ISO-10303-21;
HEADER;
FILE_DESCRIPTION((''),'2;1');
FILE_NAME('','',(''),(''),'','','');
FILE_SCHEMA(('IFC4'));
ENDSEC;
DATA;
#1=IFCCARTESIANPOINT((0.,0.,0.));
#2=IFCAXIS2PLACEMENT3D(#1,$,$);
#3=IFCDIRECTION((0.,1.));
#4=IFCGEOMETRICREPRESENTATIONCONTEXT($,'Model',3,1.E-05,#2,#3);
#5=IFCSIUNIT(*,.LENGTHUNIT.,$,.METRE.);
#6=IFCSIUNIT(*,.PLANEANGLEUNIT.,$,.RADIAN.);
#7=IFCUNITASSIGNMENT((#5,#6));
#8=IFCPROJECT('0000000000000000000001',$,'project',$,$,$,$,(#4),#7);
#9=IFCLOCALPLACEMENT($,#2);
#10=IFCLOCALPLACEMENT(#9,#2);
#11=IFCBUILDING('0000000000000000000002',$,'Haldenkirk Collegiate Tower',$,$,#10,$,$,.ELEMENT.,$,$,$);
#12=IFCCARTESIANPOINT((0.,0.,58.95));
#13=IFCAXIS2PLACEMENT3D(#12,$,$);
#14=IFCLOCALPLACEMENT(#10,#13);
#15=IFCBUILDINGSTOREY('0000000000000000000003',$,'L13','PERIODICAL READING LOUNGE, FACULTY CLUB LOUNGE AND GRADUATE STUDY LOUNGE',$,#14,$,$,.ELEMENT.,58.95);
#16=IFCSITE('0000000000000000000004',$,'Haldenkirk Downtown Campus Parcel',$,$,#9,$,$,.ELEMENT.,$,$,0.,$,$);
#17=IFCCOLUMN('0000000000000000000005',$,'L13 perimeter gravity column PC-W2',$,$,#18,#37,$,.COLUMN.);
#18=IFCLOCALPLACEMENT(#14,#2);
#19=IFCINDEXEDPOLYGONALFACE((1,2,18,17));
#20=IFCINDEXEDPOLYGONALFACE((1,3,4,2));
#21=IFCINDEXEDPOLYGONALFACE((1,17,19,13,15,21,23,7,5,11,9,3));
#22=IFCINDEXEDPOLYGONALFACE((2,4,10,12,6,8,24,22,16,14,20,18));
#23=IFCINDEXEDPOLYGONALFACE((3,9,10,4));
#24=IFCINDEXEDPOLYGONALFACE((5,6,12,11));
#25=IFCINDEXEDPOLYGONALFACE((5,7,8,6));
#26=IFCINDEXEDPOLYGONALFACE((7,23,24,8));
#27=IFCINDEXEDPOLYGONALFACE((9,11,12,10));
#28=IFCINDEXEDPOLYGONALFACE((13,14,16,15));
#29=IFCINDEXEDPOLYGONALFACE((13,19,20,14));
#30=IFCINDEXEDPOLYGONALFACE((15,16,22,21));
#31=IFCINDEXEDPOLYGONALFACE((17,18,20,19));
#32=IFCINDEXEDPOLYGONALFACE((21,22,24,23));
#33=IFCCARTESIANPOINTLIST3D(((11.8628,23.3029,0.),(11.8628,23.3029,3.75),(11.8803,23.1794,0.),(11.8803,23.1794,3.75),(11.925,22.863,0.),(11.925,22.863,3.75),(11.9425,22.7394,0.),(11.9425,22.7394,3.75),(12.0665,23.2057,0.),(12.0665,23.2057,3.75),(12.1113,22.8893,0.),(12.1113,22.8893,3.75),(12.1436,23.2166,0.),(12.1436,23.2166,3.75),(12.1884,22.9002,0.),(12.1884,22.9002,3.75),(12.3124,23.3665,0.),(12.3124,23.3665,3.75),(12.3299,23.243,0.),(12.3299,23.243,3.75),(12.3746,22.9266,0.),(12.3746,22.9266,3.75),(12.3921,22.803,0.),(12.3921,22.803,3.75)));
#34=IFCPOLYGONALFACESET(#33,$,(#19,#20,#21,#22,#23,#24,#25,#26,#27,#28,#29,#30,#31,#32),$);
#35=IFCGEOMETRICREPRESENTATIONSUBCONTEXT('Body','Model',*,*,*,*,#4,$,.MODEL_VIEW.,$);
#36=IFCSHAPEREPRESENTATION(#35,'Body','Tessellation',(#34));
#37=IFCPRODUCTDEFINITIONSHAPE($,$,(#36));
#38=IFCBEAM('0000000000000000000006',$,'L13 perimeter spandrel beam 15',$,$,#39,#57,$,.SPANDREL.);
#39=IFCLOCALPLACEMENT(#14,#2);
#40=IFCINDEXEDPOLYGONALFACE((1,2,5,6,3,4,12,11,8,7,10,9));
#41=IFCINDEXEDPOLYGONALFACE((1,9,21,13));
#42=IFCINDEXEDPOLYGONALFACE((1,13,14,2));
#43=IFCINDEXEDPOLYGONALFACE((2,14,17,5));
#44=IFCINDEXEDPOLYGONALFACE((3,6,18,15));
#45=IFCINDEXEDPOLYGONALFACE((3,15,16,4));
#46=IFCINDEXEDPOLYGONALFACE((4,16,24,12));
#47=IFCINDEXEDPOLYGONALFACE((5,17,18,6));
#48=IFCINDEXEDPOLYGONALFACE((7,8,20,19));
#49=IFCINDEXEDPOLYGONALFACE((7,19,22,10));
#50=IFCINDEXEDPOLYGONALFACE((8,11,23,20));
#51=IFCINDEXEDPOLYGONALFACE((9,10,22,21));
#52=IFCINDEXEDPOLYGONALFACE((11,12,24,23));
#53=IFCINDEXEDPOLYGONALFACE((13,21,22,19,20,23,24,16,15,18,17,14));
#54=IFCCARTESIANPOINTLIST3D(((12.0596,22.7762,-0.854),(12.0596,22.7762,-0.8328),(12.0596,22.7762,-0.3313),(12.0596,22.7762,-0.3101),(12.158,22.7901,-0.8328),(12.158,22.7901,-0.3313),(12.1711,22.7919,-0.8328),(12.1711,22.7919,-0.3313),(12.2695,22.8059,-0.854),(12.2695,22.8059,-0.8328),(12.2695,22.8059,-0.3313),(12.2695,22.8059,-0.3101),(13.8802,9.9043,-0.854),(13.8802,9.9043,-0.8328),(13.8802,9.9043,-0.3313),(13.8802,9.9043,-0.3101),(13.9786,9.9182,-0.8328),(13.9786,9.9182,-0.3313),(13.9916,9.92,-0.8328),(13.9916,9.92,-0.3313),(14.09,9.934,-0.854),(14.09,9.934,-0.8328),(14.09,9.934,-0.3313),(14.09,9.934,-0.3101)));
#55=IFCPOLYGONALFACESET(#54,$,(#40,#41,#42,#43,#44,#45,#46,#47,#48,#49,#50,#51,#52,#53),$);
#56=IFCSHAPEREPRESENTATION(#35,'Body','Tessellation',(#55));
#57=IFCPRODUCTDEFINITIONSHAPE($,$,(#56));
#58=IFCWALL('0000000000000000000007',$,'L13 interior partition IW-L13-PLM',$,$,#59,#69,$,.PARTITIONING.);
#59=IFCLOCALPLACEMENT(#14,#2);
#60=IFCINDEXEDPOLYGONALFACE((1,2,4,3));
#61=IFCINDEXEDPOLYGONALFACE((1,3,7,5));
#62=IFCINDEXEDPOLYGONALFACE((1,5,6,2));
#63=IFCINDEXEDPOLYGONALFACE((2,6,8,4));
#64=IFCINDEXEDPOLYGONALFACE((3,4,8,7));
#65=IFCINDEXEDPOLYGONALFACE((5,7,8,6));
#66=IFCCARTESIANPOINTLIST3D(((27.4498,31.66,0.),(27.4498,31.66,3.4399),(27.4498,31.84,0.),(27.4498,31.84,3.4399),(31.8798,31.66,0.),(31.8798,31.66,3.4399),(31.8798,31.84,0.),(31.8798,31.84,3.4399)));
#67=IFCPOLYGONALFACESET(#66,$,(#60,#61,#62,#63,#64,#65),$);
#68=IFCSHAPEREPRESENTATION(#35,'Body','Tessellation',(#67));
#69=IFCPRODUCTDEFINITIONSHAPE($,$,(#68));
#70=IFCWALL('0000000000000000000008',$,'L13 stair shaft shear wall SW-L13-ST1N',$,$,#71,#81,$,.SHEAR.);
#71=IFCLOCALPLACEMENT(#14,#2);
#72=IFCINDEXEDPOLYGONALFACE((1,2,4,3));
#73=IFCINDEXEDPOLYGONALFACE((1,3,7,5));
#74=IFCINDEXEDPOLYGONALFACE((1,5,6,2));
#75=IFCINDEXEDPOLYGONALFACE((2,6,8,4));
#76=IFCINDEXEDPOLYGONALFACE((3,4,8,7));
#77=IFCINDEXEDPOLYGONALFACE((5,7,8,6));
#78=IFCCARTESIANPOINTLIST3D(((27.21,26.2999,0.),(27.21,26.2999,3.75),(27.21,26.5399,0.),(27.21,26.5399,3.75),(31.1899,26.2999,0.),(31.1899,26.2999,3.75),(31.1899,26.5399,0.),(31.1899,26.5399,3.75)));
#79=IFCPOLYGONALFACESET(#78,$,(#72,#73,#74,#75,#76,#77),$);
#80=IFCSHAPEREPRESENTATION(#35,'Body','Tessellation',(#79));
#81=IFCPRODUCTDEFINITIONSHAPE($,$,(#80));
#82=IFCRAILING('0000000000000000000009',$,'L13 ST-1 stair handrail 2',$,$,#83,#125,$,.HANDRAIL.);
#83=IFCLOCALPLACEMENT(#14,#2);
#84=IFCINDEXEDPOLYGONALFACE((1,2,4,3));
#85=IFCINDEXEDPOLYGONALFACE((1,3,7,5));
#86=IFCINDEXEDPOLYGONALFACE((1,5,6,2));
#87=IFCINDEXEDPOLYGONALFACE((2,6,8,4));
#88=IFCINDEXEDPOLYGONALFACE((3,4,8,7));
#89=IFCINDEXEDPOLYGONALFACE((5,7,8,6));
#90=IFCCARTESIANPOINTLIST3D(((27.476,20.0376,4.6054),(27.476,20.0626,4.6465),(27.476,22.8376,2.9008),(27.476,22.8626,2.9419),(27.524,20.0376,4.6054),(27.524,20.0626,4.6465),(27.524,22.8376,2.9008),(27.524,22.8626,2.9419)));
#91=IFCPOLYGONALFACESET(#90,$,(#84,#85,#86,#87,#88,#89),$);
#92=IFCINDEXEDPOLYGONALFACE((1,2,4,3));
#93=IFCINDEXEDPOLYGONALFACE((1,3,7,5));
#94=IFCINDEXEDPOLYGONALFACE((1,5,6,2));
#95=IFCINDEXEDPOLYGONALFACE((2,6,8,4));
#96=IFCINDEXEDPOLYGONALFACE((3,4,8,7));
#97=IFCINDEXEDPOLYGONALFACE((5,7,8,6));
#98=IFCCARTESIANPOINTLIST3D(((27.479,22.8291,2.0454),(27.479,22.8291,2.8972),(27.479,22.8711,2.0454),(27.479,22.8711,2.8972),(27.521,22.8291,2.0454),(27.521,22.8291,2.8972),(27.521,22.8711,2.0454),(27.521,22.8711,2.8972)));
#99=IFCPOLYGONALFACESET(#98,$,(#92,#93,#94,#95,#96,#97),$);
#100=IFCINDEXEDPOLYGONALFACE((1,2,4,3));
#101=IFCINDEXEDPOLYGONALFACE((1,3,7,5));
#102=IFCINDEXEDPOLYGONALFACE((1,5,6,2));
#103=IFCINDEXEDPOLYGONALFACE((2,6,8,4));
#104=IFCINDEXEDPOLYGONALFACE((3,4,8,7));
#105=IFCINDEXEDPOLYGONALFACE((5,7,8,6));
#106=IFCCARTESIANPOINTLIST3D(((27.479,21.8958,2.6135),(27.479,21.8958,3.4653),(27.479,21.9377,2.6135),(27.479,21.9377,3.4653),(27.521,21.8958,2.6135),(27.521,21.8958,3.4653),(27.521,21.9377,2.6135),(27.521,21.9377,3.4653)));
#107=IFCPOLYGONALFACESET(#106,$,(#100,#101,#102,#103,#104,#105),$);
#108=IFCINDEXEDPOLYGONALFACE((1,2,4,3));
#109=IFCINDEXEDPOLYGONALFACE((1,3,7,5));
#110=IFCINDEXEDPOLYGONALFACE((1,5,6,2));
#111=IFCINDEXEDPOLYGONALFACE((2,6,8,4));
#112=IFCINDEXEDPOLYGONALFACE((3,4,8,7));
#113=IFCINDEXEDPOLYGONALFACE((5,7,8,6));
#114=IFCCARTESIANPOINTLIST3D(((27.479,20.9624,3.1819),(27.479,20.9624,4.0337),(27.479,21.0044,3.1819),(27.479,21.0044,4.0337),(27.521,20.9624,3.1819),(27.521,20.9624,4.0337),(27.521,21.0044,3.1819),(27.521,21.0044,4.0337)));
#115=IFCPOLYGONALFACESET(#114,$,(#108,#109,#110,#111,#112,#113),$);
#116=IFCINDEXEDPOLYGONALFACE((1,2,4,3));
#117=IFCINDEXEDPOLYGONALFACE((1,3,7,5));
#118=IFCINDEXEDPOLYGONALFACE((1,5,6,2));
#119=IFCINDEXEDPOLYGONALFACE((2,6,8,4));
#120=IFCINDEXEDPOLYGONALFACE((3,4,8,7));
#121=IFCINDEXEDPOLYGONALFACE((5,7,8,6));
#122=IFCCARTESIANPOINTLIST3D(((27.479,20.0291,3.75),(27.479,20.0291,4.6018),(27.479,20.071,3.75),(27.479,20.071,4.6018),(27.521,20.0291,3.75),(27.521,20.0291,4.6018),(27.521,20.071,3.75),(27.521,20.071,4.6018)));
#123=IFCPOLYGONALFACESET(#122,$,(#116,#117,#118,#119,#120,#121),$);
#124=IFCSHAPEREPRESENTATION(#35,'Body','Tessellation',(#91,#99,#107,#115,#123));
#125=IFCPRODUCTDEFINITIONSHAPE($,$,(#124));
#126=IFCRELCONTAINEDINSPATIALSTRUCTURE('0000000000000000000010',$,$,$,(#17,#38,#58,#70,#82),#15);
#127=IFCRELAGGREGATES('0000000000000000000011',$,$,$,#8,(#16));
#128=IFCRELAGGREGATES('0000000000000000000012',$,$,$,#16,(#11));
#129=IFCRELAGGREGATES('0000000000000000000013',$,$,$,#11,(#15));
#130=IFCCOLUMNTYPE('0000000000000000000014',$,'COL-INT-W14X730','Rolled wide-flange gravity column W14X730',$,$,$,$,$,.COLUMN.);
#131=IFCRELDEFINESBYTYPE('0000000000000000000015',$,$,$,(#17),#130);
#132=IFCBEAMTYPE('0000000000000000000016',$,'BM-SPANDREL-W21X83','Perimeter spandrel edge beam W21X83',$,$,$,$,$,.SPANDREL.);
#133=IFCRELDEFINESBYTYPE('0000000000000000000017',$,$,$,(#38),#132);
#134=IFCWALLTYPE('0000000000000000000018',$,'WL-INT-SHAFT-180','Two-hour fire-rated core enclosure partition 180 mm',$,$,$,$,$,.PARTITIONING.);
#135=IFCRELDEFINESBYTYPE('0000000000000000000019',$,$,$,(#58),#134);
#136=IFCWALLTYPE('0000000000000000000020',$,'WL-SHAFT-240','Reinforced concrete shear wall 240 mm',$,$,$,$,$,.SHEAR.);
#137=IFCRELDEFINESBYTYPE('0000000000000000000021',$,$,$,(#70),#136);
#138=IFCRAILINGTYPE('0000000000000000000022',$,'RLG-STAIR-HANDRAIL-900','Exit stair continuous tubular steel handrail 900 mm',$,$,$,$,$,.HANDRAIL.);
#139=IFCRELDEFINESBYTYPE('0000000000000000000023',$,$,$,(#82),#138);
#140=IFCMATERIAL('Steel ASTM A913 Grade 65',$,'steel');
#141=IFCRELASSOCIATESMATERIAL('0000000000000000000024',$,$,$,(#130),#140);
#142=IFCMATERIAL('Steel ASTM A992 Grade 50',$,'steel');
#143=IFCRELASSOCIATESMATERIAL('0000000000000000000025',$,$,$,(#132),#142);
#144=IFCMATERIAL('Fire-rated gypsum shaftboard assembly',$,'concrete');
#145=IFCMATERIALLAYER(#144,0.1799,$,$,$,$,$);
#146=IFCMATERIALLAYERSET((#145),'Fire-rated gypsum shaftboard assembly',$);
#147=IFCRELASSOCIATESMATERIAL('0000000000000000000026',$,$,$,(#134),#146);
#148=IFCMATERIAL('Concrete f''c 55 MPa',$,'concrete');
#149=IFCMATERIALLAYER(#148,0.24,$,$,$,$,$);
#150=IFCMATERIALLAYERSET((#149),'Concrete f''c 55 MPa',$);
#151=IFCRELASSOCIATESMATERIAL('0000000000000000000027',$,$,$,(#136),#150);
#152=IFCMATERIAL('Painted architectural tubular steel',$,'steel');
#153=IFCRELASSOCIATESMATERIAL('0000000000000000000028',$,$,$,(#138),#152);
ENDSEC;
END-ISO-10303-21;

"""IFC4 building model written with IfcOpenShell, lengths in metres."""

from ifc_helpers import new_model, si_unit, direction, frame, frame_2d, origin, origin_2d, place, context, subcontext, project, spatial, rectangle, i_section, extrude, material, layer, layer_set, material_profile, profile_set, type_object, element, save


model = new_model("IFC4")

# Units and contexts
model_context = context("Model", 3, precision=1e-05, world=origin(), true_north=direction((0.0, 1.0)))
body_context = subcontext(model_context, "Body", "Model", "MODEL_VIEW")
ifc_project = project(units=[si_unit("LENGTHUNIT", "METRE"), si_unit("PLANEANGLEUNIT", "RADIAN")], contexts=[model_context])

# Site, building, storey
site_placement = place(None, origin())
site = spatial("IfcSite", under=ifc_project, at=site_placement, Name="Haldenkirk Downtown Campus Parcel", CompositionType="ELEMENT", RefElevation=0.0)
building_placement = place(site_placement, origin())
building = spatial("IfcBuilding", under=site, at=building_placement, Name="Haldenkirk Collegiate Tower", CompositionType="ELEMENT")
storey_placement = place(building_placement, frame((0.0, 0.0, 58.95)))
storey = spatial("IfcBuildingStorey", under=building, at=storey_placement, Name="L13", Description="PERIODICAL READING LOUNGE, FACULTY CLUB LOUNGE AND GRADUATE STUDY LOUNGE", CompositionType="ELEMENT", Elevation=58.95)

# Column
ifc_material_1 = material(Name="Steel ASTM A913 Grade 65", Category="steel")
ifc_material_profile_1 = material_profile(ifc_material_1, i_section(OverallWidth=0.4541, OverallDepth=0.5691, WebThickness=0.0779, FlangeThickness=0.1248, at=origin_2d()), Name="W14X730")
ifc_profile_set_1 = profile_set([ifc_material_profile_1], Name="Steel ASTM A913 Grade 65")
column_type = type_object("IfcColumnType", Name="COL-INT-W14X730", Description="Rolled wide-flange gravity column W14X730", PredefinedType="COLUMN", material=ifc_profile_set_1)
column_placement = place(storey_placement, frame((12.1274, 23.053, 0.0), z_axis=(0.0, 0.0, 1.0), x_axis=(0.990146, 0.140037, 0.0)))
element("IfcColumn", 1, at=column_placement, inside=storey, type_object=column_type, Name="L13 perimeter gravity column PC-W2", PredefinedType="COLUMN", context=body_context, shape_type="SweptSolid", body=[
    extrude(i_section(OverallWidth=0.4541, OverallDepth=0.5691, WebThickness=0.0779, FlangeThickness=0.1248, at=origin_2d()), origin(), (0.0, 0.0, 1.0), 3.75),
])

# Beam
ifc_material_2 = material(Name="Steel ASTM A992 Grade 50", Category="steel")
ifc_material_profile_2 = material_profile(ifc_material_2, i_section(OverallWidth=0.2119, OverallDepth=0.5439, WebThickness=0.0132, FlangeThickness=0.0212, at=origin_2d()), Name="W21X83")
ifc_profile_set_2 = profile_set([ifc_material_profile_2], Name="Steel ASTM A992 Grade 50")
beam_type = type_object("IfcBeamType", Name="BM-SPANDREL-W21X83", Description="Perimeter spandrel edge beam W21X83", PredefinedType="SPANDREL", material=ifc_profile_set_2)
beam_placement = place(storey_placement, frame((12.1646, 22.791, -0.582), z_axis=(0.140044, -0.990145, 0.0), x_axis=(0.990145, 0.140044, 0.0)))
element("IfcBeam", 2, at=beam_placement, inside=storey, type_object=beam_type, Name="L13 perimeter spandrel beam 15", PredefinedType="SPANDREL", context=body_context, shape_type="SweptSolid", body=[
    extrude(i_section(OverallWidth=0.2119, OverallDepth=0.5439, WebThickness=0.0132, FlangeThickness=0.0212, at=origin_2d()), origin(), (0.0, 0.0, 1.0), 13.0),
])

# Shared definitions
ifc_material_3 = material(Name="Fire-rated gypsum shaftboard assembly", Category="concrete")
ifc_layer_1 = layer(ifc_material_3, 0.1799)
ifc_layer_set_1 = layer_set([ifc_layer_1], Name="Fire-rated gypsum shaftboard assembly")
wall_type_1 = type_object("IfcWallType", Name="WL-INT-SHAFT-180", Description="Two-hour fire-rated core enclosure partition 180 mm", PredefinedType="PARTITIONING", material=ifc_layer_set_1)

# Walls
wall_1_placement = place(storey_placement, frame((27.45, 31.75, 0.0), z_axis=(0.0, 0.0, 1.0), x_axis=(1.0, 0.0, 0.0)))
element("IfcWall", 3, at=wall_1_placement, inside=storey, type_object=wall_type_1, Name="L13 interior partition IW-L13-PLM", PredefinedType="PARTITIONING", context=body_context, shape_type="SweptSolid", body=[
    extrude(rectangle(XDim=4.4299, YDim=0.1799, at=frame_2d((2.2148, 0.0))), origin(), (0.0, 0.0, 1.0), 3.4399),
])
ifc_material_4 = material(Name="Concrete f'c 55 MPa", Category="concrete")
ifc_layer_2 = layer(ifc_material_4, 0.24)
ifc_layer_set_2 = layer_set([ifc_layer_2], Name="Concrete f'c 55 MPa")
wall_type_2 = type_object("IfcWallType", Name="WL-SHAFT-240", Description="Reinforced concrete shear wall 240 mm", PredefinedType="SHEAR", material=ifc_layer_set_2)
wall_2_placement = place(storey_placement, frame((27.21, 26.4199, 0.0), z_axis=(0.0, 0.0, 1.0), x_axis=(1.0, 0.0, 0.0)))
element("IfcWall", 4, at=wall_2_placement, inside=storey, type_object=wall_type_2, Name="L13 stair shaft shear wall SW-L13-ST1N", PredefinedType="SHEAR", context=body_context, shape_type="SweptSolid", body=[
    extrude(rectangle(XDim=3.98, YDim=0.24, at=frame_2d((1.99, 0.0))), origin(), (0.0, 0.0, 1.0), 3.75),
])

# Railing
ifc_material_5 = material(Name="Painted architectural tubular steel", Category="steel")
railing_type = type_object("IfcRailingType", Name="RLG-STAIR-HANDRAIL-900", Description="Exit stair continuous tubular steel handrail 900 mm", PredefinedType="HANDRAIL", material=ifc_material_5)
railing_placement = place(storey_placement, frame((27.5, 22.8501, 2.0454)))
element("IfcRailing", 5, at=railing_placement, inside=storey, type_object=railing_type, Name="L13 ST-1 stair handrail 2", PredefinedType="HANDRAIL", context=body_context, shape_type="SweptSolid", body=[
    extrude(rectangle(XDim=0.0481, YDim=0.0481, at=origin_2d()), frame((0.0, 0.0, 0.876), z_axis=(0.0, -0.85417, 0.519994), x_axis=(1.0, 0.0, 0.0)), (0.0, 0.0, 1.0), 3.2781),
    extrude(rectangle(XDim=0.042, YDim=0.042, at=origin_2d()), origin(), (0.0, 0.0, 1.0), 0.8518),
    extrude(rectangle(XDim=0.042, YDim=0.042, at=origin_2d()), frame((0.0, -0.9333, 0.5681)), (0.0, 0.0, 1.0), 0.8518),
    extrude(rectangle(XDim=0.042, YDim=0.042, at=origin_2d()), frame((0.0, -1.8667, 1.1365)), (0.0, 0.0, 1.0), 0.8518),
    extrude(rectangle(XDim=0.042, YDim=0.042, at=origin_2d()), frame((0.0, -2.8, 1.7046)), (0.0, 0.0, 1.0), 0.8518),
])

save(model, "model.ifc")
